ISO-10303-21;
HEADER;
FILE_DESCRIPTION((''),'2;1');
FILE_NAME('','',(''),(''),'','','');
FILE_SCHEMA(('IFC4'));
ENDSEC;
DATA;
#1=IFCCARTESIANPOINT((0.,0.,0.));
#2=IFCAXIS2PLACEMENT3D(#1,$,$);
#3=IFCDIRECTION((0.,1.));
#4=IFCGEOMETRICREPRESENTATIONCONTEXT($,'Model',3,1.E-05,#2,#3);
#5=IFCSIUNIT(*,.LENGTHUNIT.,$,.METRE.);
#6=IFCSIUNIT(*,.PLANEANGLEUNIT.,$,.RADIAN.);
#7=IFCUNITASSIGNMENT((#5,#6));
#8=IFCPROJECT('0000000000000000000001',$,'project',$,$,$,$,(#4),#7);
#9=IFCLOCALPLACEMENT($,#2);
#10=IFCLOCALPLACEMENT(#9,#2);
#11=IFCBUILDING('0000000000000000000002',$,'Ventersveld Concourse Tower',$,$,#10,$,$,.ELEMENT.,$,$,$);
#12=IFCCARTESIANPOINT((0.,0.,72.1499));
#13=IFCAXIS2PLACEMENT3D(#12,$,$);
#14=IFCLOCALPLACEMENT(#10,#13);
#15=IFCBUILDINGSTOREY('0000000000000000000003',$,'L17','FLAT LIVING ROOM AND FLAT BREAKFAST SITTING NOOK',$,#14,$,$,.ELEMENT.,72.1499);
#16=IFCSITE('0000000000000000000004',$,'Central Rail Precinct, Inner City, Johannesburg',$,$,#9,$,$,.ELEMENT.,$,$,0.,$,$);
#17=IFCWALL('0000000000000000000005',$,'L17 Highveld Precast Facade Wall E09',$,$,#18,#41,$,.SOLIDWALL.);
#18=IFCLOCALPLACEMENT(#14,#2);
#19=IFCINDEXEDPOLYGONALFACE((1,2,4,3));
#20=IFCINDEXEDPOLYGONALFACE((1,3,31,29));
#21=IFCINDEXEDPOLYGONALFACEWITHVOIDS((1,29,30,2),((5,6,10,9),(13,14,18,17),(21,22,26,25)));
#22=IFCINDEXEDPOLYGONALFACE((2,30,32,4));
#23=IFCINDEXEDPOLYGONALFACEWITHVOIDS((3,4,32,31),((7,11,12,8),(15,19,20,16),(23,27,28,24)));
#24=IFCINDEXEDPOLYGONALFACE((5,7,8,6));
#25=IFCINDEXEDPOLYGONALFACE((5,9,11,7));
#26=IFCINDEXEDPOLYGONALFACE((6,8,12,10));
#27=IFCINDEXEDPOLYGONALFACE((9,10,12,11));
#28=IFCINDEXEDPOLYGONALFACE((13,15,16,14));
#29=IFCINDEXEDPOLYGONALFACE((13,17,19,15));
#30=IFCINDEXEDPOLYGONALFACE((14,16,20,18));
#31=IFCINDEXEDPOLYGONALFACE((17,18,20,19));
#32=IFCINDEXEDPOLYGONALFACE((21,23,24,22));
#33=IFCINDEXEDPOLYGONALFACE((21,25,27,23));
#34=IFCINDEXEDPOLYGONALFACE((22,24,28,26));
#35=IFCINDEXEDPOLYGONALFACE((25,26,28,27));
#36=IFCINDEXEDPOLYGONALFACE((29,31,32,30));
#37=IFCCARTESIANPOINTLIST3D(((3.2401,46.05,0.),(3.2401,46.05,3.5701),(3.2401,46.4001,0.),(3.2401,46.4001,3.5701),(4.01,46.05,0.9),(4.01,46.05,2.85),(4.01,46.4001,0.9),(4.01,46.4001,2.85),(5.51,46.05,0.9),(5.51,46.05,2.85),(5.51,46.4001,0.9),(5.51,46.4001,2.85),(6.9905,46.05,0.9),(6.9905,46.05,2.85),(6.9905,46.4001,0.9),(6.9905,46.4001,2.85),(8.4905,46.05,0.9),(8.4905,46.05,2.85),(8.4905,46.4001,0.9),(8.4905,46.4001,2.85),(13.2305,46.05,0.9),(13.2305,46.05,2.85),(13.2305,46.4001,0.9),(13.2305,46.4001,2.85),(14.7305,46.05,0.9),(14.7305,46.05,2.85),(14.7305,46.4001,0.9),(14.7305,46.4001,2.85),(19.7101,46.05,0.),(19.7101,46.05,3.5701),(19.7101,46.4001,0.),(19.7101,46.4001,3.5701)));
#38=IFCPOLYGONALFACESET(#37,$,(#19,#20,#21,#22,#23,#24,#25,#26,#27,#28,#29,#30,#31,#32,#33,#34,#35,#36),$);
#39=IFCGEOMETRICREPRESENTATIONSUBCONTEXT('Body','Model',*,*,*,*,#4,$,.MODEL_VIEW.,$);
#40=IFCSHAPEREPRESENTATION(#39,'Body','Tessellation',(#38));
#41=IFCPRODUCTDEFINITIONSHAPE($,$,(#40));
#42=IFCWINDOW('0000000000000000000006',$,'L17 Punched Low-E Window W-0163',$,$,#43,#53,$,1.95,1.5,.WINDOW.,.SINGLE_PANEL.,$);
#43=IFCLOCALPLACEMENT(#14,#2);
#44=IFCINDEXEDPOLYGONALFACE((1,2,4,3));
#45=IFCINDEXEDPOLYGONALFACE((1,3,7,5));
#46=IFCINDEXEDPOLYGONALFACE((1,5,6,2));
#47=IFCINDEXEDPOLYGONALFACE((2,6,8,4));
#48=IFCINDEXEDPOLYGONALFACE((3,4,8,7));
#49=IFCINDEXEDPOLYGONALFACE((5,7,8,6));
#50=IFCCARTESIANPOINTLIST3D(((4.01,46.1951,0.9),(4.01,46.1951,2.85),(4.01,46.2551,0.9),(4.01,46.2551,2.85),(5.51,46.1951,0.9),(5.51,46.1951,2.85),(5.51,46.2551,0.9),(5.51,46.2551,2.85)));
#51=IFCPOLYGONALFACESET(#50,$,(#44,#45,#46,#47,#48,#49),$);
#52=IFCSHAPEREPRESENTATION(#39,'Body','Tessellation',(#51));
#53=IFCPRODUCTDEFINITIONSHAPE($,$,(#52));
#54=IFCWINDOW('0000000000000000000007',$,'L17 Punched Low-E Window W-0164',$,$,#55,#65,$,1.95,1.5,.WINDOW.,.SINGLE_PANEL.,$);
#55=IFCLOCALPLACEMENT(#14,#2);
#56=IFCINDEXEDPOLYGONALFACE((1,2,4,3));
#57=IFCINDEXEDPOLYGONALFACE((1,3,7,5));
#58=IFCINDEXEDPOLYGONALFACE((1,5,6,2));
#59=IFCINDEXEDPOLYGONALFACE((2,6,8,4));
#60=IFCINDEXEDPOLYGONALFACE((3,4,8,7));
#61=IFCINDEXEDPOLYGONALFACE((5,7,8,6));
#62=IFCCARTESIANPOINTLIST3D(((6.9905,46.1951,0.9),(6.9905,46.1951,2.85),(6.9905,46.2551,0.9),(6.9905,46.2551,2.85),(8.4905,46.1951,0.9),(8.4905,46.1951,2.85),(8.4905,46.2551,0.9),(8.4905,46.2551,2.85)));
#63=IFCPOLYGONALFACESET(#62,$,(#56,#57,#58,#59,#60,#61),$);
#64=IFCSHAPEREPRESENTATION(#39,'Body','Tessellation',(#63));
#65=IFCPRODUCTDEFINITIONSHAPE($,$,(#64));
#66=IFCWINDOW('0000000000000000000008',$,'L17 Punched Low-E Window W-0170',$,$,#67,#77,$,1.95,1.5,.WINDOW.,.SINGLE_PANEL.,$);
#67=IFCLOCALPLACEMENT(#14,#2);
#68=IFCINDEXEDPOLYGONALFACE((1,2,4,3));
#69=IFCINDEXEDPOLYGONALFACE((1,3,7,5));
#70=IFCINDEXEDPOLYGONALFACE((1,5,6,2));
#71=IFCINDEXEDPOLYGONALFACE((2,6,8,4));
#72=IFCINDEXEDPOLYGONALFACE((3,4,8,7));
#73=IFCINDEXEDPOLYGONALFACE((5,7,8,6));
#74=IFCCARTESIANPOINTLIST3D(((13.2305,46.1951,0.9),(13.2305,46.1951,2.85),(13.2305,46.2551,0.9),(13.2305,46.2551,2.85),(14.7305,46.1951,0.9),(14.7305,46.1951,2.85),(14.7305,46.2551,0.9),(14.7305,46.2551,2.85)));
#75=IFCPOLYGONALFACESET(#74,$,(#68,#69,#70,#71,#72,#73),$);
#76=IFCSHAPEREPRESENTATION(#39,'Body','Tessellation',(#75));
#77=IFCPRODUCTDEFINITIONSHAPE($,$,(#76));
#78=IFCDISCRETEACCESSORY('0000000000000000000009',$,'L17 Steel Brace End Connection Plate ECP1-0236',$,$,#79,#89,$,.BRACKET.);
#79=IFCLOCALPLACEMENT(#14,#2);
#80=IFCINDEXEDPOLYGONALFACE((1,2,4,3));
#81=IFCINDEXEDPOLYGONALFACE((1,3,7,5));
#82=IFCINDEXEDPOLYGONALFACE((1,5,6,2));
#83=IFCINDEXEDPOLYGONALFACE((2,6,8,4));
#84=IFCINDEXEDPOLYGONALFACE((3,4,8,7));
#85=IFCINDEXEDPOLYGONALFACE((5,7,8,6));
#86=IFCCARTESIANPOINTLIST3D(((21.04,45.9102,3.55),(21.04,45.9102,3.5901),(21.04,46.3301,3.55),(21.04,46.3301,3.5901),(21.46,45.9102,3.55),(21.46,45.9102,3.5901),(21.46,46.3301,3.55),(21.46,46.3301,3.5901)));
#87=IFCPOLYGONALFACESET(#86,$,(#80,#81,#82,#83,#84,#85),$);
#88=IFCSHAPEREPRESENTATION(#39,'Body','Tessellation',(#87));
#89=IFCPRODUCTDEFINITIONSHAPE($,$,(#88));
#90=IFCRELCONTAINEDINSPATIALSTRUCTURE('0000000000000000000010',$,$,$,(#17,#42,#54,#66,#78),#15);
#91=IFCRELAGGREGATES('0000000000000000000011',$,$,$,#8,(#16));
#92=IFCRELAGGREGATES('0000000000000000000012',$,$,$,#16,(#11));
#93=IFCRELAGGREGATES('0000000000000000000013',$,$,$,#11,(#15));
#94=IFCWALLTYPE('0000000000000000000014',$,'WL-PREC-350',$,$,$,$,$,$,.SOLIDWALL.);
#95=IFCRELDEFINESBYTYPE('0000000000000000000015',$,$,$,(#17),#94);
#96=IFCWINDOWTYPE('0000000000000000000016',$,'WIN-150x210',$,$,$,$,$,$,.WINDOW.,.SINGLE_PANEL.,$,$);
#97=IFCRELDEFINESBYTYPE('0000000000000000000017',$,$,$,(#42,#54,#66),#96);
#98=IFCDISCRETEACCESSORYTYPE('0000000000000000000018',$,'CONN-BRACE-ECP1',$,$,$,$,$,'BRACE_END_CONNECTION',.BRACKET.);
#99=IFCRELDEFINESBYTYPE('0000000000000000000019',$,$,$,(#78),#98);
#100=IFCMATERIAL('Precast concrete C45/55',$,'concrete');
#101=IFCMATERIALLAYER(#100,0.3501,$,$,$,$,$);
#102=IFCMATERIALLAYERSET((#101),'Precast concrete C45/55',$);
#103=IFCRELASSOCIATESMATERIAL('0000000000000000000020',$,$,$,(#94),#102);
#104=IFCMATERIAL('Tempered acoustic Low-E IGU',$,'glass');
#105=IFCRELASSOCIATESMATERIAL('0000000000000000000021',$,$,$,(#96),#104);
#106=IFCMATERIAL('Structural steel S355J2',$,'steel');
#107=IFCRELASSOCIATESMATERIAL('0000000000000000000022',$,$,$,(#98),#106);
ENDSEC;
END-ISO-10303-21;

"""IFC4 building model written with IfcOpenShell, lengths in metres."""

from ifc_helpers import new_model, si_unit, direction, frame, frame_2d, origin, origin_2d, place, context, subcontext, project, spatial, rectangle, extrude, material, layer, layer_set, type_object, element, fill, save


model = new_model("IFC4")

# Units and contexts
model_context = context("Model", 3, precision=1e-05, world=origin(), true_north=direction((0.0, 1.0)))
body_context = subcontext(model_context, "Body", "Model", "MODEL_VIEW")
ifc_project = project(units=[si_unit("LENGTHUNIT", "METRE"), si_unit("PLANEANGLEUNIT", "RADIAN")], contexts=[model_context])

# Site, building, storey
site_placement = place(None, origin())
site = spatial("IfcSite", under=ifc_project, at=site_placement, Name="Central Rail Precinct, Inner City, Johannesburg", CompositionType="ELEMENT", RefElevation=0.0)
building_placement = place(site_placement, origin())
building = spatial("IfcBuilding", under=site, at=building_placement, Name="Ventersveld Concourse Tower", CompositionType="ELEMENT")
storey_placement = place(building_placement, frame((0.0, 0.0, 72.1499)))
storey = spatial("IfcBuildingStorey", under=building, at=storey_placement, Name="L17", Description="FLAT LIVING ROOM AND FLAT BREAKFAST SITTING NOOK", CompositionType="ELEMENT", Elevation=72.1499)

# Shared definitions
ifc_material_1 = material(Name="Structural steel S355J2", Category="steel")

# Shared definitions
ifc_material_2 = material(Name="Precast concrete C45/55", Category="concrete")
ifc_layer_1 = layer(ifc_material_2, 0.3501)
ifc_layer_set_1 = layer_set([ifc_layer_1], Name="Precast concrete C45/55")
wall_type_1 = type_object("IfcWallType", Name="WL-PREC-350", PredefinedType="SOLIDWALL", material=ifc_layer_set_1)
ifc_material_3 = material(Name="Tempered acoustic Low-E IGU", Category="glass")
window_type = type_object("IfcWindowType", Name="WIN-150x210", PartitioningType="SINGLE_PANEL", PredefinedType="WINDOW", material=ifc_material_3)

# Wall, openings, windows
wall_1_placement = place(storey_placement, frame((19.71, 46.2251, 0.0), z_axis=(0.0, 0.0, 1.0), x_axis=(-1.0, 0.0, 0.0)))
wall_1 = element("IfcWall", 1, at=wall_1_placement, inside=storey, type_object=wall_type_1, Name="L17 Highveld Precast Facade Wall E09", PredefinedType="SOLIDWALL", context=body_context, shape_type="SweptSolid", body=[
    extrude(rectangle(XDim=16.47, YDim=0.3501, at=frame_2d((8.2349, 0.0))), origin(), (0.0, 0.0, 1.0), 3.5701),
])
opening_1_placement = place(wall_1_placement, frame((14.2, 0.0, 0.8999)))
opening_1 = element("IfcOpeningElement", 2, at=opening_1_placement, cuts=wall_1, PredefinedType="OPENING", context=body_context, shape_type="SweptSolid", body=[
    extrude(rectangle(XDim=1.5, YDim=1.95, at=frame_2d((0.75, 0.9751))), frame((0.0, 0.1851, 0.0), z_axis=(0.0, -1.0, 0.0), x_axis=(1.0, 0.0, 0.0)), (0.0, 0.0, 1.0), 0.3701),
])
opening_2_placement = place(wall_1_placement, frame((11.2195, 0.0, 0.8999)))
opening_2 = element("IfcOpeningElement", 3, at=opening_2_placement, cuts=wall_1, PredefinedType="OPENING", context=body_context, shape_type="SweptSolid", body=[
    extrude(rectangle(XDim=1.5, YDim=1.95, at=frame_2d((0.75, 0.9751))), frame((0.0, 0.1851, 0.0), z_axis=(0.0, -1.0, 0.0), x_axis=(1.0, 0.0, 0.0)), (0.0, 0.0, 1.0), 0.3701),
])
opening_3_placement = place(wall_1_placement, frame((4.9795, 0.0, 0.8999)))
opening_3 = element("IfcOpeningElement", 4, at=opening_3_placement, cuts=wall_1, PredefinedType="OPENING", context=body_context, shape_type="SweptSolid", body=[
    extrude(rectangle(XDim=1.5, YDim=1.95, at=frame_2d((0.75, 0.9751))), frame((0.0, 0.1851, 0.0), z_axis=(0.0, -1.0, 0.0), x_axis=(1.0, 0.0, 0.0)), (0.0, 0.0, 1.0), 0.3701),
])
window_1_placement = place(opening_1_placement, origin())
window_1 = element("IfcWindow", 5, at=window_1_placement, inside=storey, type_object=window_type, Name="L17 Punched Low-E Window W-0163", OverallHeight=1.95, OverallWidth=1.5, PartitioningType="SINGLE_PANEL", PredefinedType="WINDOW", context=body_context, shape_type="SweptSolid", body=[
    extrude(rectangle(XDim=1.5, YDim=1.95, at=frame_2d((0.75, 0.9751))), frame((0.0, 0.03, 0.0), z_axis=(0.0, -1.0, 0.0), x_axis=(1.0, 0.0, 0.0)), (0.0, 0.0, 1.0), 0.0601),
])
fill(opening_1, window_1)
window_2_placement = place(opening_2_placement, origin())
window_2 = element("IfcWindow", 6, at=window_2_placement, inside=storey, type_object=window_type, Name="L17 Punched Low-E Window W-0164", OverallHeight=1.95, OverallWidth=1.5, PartitioningType="SINGLE_PANEL", PredefinedType="WINDOW", context=body_context, shape_type="SweptSolid", body=[
    extrude(rectangle(XDim=1.5, YDim=1.95, at=frame_2d((0.75, 0.9751))), frame((0.0, 0.03, 0.0), z_axis=(0.0, -1.0, 0.0), x_axis=(1.0, 0.0, 0.0)), (0.0, 0.0, 1.0), 0.0601),
])
fill(opening_2, window_2)
window_3_placement = place(opening_3_placement, origin())
window_3 = element("IfcWindow", 7, at=window_3_placement, inside=storey, type_object=window_type, Name="L17 Punched Low-E Window W-0170", OverallHeight=1.95, OverallWidth=1.5, PartitioningType="SINGLE_PANEL", PredefinedType="WINDOW", context=body_context, shape_type="SweptSolid", body=[
    extrude(rectangle(XDim=1.5, YDim=1.95, at=frame_2d((0.75, 0.9751))), frame((0.0, 0.03, 0.0), z_axis=(0.0, -1.0, 0.0), x_axis=(1.0, 0.0, 0.0)), (0.0, 0.0, 1.0), 0.0601),
])
fill(opening_3, window_3)

# Discrete accessory
discrete_accessory_type = type_object("IfcDiscreteAccessoryType", Name="CONN-BRACE-ECP1", ElementType="BRACE_END_CONNECTION", PredefinedType="BRACKET", material=ifc_material_1)
discrete_accessory_placement = place(storey_placement, frame((21.25, 46.1201, 3.55), z_axis=(0.0, 0.0, 1.0), x_axis=(1.0, 0.0, 0.0)))
element("IfcDiscreteAccessory", 8, at=discrete_accessory_placement, inside=storey, type_object=discrete_accessory_type, Name="L17 Steel Brace End Connection Plate ECP1-0236", PredefinedType="BRACKET", context=body_context, shape_type="SweptSolid", body=[
    extrude(rectangle(XDim=0.4199, YDim=0.4199, at=origin_2d()), origin(), (0.0, 0.0, 1.0), 0.04),
])

save(model, "model.ifc")
